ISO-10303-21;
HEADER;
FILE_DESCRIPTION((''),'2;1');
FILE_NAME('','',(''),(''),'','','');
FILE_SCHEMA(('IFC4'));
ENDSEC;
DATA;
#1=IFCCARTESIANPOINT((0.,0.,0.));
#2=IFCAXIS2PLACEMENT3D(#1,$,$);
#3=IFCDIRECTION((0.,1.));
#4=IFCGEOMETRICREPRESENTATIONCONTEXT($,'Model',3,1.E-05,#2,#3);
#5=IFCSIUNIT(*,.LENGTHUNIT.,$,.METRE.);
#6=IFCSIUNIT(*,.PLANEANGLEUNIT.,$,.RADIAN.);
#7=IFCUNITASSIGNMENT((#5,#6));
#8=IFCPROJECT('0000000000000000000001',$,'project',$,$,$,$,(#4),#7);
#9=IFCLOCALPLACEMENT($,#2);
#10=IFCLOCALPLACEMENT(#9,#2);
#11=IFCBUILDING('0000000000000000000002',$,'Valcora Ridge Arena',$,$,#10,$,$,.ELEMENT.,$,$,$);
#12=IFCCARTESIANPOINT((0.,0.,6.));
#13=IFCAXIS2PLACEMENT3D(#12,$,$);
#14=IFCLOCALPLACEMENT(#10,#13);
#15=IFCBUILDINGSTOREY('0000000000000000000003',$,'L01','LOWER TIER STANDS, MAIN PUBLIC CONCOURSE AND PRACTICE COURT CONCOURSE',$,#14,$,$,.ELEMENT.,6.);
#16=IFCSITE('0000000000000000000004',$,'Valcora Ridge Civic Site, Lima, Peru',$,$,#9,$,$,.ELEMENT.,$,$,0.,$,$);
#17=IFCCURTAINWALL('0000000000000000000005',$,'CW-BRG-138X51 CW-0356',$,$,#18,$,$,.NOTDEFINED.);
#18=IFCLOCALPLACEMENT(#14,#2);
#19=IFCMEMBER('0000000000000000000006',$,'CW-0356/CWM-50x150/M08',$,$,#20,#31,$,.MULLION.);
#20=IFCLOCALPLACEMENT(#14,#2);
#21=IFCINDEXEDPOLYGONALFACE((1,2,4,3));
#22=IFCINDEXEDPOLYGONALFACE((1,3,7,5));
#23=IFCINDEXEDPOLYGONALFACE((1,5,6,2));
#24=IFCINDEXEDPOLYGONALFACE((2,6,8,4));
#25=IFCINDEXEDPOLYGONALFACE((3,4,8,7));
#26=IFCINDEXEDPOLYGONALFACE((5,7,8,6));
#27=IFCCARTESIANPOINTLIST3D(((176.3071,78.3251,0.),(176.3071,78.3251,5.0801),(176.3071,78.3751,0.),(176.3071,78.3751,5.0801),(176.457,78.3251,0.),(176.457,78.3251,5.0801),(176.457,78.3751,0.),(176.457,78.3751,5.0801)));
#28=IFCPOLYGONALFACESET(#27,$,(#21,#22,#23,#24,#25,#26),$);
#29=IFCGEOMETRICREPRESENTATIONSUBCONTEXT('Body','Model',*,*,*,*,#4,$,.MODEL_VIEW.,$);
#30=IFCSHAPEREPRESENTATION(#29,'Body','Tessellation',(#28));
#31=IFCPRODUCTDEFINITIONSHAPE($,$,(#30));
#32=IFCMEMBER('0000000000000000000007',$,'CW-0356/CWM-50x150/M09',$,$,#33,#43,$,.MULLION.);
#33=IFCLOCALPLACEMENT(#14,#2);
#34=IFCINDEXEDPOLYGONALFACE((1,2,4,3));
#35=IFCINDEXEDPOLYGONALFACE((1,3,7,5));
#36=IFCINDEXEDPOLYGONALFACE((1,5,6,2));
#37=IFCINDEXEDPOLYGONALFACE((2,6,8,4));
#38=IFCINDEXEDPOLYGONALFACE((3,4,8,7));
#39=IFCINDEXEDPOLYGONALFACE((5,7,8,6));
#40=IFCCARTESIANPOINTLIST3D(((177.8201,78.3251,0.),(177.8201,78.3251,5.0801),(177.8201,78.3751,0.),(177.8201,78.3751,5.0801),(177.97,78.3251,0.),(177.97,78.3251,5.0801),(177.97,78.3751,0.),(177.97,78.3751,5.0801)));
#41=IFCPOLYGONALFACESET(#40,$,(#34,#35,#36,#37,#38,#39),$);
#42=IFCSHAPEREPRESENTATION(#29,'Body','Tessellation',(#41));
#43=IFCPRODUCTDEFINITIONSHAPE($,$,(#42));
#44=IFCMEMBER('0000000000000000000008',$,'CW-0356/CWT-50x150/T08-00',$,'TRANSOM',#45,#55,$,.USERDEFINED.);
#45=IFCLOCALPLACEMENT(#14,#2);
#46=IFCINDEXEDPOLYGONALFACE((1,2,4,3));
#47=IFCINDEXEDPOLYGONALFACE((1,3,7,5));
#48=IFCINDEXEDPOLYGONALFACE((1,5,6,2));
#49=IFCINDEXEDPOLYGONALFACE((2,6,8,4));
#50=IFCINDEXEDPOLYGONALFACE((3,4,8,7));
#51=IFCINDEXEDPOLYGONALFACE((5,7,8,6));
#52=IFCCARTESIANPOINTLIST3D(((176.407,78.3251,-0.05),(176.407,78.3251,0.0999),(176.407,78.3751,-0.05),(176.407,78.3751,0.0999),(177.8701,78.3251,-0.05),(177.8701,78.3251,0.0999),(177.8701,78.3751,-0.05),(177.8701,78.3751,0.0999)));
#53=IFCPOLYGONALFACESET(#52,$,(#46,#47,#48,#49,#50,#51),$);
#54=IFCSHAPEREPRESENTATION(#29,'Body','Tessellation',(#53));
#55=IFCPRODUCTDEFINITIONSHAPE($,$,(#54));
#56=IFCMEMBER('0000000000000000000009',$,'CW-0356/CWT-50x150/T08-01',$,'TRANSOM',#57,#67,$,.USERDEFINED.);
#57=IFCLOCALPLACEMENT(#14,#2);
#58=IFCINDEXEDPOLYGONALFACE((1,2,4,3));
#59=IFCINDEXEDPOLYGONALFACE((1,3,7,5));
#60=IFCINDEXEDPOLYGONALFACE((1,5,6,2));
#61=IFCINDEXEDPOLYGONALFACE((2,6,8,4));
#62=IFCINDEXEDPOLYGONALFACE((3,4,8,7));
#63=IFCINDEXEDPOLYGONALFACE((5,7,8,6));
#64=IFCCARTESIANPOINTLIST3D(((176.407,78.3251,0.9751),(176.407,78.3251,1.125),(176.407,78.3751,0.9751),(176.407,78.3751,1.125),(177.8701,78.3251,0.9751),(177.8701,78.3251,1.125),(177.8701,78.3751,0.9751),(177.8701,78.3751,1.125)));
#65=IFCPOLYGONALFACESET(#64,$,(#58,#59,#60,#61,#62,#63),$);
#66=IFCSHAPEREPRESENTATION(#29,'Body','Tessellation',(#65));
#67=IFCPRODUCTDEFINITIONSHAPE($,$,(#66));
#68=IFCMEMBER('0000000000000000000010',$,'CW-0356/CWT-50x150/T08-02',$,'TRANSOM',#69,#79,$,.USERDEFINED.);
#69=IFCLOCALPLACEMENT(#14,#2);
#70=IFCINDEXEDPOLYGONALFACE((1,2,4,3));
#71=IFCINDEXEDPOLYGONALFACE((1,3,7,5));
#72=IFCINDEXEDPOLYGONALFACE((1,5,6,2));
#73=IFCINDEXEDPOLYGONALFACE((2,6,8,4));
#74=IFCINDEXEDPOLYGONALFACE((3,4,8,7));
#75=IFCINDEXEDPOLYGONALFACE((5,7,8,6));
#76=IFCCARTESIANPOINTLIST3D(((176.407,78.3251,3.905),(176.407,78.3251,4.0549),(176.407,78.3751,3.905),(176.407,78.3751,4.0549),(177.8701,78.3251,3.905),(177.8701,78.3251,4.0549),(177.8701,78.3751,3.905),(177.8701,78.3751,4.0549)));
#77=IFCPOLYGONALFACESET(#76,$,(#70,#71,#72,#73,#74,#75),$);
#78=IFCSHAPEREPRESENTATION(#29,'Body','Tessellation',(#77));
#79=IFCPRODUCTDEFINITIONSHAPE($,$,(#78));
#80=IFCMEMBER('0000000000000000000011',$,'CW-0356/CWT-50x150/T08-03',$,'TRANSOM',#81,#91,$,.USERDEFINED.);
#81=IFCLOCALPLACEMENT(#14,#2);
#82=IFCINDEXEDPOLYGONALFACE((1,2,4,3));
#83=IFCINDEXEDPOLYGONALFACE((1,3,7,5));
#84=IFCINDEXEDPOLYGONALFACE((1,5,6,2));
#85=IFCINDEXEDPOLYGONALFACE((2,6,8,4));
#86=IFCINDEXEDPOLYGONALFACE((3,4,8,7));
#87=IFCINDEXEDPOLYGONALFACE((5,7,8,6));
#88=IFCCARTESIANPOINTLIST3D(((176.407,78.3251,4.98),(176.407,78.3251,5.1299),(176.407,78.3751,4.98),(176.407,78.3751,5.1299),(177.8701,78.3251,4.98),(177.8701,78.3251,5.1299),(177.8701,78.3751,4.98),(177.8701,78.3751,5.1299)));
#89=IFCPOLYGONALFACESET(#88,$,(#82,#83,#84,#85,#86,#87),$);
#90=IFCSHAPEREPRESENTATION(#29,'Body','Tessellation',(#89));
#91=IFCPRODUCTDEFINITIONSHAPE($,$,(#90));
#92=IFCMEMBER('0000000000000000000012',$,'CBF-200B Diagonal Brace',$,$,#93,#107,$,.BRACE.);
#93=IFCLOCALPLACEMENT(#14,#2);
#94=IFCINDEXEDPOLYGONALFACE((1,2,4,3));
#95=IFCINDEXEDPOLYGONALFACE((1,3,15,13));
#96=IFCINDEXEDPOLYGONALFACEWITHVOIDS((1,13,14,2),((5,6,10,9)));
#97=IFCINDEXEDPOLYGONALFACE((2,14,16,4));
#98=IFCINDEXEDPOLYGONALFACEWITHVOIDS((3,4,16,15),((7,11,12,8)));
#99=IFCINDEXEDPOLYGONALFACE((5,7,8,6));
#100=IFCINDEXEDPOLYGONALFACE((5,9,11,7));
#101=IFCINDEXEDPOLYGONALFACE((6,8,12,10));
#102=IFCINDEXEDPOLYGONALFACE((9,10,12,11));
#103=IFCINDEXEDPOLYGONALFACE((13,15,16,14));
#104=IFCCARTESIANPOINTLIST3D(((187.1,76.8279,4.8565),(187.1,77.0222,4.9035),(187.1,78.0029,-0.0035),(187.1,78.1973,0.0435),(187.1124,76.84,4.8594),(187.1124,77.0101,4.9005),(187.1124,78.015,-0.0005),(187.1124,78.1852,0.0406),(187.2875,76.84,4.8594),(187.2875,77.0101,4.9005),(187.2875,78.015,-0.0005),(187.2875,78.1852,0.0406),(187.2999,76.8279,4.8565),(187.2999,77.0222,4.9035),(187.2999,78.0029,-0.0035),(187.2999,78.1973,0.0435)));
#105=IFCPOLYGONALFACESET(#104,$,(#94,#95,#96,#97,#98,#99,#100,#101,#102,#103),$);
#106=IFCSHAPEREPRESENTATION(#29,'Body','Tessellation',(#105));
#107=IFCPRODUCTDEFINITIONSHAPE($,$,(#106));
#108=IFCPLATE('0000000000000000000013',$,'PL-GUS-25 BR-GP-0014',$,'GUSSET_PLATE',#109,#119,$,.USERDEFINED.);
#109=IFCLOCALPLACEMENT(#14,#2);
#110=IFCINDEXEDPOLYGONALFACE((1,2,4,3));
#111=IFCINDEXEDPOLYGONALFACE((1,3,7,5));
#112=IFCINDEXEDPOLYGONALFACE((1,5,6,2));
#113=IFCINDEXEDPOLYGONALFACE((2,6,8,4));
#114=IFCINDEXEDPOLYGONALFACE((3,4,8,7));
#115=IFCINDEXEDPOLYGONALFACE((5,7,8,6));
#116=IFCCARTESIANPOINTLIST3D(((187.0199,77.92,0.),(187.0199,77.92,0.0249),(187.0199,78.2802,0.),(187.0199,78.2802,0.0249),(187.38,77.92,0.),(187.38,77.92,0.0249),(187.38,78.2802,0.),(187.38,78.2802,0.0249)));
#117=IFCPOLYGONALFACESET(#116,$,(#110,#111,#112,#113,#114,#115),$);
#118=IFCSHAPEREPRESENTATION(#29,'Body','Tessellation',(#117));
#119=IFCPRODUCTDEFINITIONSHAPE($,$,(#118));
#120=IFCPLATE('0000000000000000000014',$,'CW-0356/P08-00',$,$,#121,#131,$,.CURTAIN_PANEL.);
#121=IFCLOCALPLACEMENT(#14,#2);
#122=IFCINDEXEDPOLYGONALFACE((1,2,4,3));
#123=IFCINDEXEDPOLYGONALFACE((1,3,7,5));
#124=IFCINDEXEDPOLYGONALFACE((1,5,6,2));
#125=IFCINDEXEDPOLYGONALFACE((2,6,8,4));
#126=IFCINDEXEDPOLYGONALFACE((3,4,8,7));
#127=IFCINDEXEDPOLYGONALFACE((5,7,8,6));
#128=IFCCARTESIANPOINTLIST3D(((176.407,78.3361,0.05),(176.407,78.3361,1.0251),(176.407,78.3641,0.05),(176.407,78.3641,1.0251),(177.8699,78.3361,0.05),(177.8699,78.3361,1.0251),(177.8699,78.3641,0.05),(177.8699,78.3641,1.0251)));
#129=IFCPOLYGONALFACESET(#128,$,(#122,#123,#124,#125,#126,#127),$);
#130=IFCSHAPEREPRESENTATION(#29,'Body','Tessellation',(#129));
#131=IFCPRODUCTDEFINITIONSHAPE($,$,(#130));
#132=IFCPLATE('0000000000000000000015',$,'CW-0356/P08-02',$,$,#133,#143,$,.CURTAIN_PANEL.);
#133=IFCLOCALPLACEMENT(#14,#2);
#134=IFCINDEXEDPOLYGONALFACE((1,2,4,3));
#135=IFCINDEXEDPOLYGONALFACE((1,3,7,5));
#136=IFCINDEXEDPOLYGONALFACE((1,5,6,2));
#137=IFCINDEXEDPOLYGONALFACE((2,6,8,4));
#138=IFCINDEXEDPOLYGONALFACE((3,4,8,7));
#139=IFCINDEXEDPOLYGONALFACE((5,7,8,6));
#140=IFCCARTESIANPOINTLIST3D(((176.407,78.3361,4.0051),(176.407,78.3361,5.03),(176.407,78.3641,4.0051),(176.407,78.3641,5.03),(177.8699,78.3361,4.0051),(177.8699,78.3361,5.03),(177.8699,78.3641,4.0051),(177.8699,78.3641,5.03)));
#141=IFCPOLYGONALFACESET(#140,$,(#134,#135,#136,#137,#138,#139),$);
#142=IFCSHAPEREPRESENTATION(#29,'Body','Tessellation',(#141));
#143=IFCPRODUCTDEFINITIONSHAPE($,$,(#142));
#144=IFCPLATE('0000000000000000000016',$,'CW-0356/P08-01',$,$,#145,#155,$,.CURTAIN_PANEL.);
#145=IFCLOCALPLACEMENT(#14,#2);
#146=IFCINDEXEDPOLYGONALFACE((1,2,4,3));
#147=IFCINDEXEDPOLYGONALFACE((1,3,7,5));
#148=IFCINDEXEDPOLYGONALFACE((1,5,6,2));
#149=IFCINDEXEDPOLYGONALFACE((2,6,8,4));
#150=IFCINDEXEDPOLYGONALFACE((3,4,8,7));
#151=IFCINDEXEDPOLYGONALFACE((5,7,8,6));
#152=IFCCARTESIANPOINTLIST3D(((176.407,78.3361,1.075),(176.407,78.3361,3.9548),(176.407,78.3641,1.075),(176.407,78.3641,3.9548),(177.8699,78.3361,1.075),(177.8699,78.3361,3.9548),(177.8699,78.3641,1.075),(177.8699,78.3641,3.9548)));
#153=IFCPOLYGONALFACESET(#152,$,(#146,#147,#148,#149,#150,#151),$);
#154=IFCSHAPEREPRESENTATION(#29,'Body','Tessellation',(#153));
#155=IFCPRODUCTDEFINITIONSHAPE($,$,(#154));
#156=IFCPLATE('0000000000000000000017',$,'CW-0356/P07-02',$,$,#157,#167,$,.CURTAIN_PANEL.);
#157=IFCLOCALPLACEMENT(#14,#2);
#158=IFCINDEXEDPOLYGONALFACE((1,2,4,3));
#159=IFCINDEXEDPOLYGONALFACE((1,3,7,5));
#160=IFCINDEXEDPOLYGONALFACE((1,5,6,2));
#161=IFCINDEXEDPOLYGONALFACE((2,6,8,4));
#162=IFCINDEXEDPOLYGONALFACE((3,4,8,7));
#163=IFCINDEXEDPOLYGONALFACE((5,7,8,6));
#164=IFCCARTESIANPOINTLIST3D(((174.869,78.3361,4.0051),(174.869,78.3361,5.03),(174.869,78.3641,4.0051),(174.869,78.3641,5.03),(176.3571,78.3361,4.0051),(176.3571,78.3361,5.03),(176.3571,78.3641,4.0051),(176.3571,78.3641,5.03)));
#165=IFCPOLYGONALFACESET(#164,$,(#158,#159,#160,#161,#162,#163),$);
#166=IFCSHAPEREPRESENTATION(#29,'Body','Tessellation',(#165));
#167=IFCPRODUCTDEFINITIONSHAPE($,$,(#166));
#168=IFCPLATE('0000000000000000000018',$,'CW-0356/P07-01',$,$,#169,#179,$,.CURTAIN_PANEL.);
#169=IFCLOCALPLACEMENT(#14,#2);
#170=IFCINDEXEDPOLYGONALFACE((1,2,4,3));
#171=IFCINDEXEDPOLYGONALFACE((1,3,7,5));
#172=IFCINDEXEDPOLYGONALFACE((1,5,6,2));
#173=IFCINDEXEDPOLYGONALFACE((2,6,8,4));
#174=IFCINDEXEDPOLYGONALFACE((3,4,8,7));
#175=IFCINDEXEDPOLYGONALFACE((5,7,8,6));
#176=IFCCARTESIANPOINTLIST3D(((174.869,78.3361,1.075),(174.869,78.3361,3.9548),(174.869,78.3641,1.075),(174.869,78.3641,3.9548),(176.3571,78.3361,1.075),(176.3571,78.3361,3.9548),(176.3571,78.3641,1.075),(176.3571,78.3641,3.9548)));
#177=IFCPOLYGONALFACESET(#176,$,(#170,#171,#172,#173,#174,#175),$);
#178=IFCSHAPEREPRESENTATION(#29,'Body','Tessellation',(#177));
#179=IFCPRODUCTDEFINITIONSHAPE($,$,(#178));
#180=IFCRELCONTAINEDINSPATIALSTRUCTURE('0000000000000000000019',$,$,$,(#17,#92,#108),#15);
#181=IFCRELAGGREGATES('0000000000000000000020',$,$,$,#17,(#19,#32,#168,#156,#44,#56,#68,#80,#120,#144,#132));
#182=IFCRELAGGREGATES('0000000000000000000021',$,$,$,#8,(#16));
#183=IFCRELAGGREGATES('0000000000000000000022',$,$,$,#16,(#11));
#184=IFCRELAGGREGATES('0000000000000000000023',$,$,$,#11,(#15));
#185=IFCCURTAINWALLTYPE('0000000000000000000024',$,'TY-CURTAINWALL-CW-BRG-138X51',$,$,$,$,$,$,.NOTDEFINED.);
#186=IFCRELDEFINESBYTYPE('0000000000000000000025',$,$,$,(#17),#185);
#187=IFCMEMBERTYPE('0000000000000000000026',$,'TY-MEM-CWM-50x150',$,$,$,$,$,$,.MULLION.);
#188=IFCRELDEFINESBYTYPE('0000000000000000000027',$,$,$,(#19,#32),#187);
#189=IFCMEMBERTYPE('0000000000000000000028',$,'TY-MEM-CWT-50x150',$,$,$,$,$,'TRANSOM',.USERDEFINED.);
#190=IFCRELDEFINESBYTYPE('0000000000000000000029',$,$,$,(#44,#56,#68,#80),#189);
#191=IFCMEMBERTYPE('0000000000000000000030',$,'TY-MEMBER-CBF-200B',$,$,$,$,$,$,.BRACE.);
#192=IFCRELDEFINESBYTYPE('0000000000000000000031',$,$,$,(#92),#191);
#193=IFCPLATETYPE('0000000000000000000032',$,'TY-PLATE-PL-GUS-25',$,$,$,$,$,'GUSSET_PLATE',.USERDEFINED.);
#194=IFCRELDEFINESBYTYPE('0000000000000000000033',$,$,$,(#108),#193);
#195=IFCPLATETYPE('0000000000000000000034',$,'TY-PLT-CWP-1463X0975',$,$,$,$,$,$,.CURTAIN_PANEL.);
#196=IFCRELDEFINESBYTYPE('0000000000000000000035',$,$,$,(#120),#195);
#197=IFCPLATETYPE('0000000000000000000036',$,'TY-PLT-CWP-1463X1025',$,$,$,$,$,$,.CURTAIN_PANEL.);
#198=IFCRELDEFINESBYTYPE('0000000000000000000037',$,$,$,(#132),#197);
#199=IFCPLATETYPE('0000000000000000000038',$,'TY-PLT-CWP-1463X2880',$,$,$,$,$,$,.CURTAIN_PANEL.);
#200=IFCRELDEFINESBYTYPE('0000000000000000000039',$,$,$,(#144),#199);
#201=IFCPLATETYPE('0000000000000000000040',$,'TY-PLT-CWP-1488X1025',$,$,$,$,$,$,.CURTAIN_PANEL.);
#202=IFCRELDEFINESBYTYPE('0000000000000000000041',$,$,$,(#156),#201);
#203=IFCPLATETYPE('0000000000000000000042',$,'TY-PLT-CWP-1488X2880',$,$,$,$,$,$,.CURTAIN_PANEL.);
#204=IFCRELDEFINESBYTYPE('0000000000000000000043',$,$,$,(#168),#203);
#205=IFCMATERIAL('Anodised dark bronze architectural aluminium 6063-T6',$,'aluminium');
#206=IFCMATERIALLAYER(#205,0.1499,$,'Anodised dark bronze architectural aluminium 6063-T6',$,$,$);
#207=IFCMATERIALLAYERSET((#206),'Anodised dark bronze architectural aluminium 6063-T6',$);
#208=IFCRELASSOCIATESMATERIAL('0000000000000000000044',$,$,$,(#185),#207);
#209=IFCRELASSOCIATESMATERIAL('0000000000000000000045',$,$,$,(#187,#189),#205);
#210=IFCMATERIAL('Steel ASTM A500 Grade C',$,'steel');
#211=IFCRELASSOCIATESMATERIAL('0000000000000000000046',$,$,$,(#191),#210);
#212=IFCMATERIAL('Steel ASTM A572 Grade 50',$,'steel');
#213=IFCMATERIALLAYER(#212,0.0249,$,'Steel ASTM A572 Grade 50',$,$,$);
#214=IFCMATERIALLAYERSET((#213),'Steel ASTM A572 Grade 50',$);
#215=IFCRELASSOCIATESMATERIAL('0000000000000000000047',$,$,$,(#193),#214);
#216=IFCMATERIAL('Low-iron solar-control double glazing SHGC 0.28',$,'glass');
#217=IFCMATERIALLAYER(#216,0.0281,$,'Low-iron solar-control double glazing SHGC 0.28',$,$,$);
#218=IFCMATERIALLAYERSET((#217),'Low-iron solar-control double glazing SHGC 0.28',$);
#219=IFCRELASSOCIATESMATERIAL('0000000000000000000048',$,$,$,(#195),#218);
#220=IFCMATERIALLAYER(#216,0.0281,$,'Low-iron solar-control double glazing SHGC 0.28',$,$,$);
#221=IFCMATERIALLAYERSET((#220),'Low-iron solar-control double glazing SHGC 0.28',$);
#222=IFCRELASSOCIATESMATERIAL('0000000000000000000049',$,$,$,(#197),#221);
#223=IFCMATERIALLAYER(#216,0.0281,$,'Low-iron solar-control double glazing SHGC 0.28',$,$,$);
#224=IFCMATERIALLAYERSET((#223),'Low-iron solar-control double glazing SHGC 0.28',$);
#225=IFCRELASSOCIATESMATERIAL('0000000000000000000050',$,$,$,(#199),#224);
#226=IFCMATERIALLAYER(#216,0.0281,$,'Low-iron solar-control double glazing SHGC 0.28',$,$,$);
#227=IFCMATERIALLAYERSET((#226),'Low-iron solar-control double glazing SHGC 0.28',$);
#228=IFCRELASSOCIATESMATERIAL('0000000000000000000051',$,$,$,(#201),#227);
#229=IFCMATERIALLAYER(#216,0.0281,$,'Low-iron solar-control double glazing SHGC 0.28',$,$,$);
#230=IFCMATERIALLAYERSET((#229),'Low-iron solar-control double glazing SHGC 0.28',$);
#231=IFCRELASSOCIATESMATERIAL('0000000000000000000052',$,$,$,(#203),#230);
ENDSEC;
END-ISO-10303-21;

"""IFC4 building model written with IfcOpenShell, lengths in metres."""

from ifc_helpers import new_model, si_unit, direction, frame, origin, origin_2d, place, context, subcontext, project, spatial, rectangle, hollow_rectangle, extrude, material, layer, layer_set, material_profile, profile_set, type_object, element, aggregate, save


model = new_model("IFC4")

# Units and contexts
model_context = context("Model", 3, precision=1e-05, world=origin(), true_north=direction((0.0, 1.0)))
body_context = subcontext(model_context, "Body", "Model", "MODEL_VIEW")
ifc_project = project(units=[si_unit("LENGTHUNIT", "METRE"), si_unit("PLANEANGLEUNIT", "RADIAN")], contexts=[model_context])

# Site, building, storey
site_placement = place(None, origin())
site = spatial("IfcSite", under=ifc_project, at=site_placement, Name="Valcora Ridge Civic Site, Lima, Peru", CompositionType="ELEMENT", RefElevation=0.0)
building_placement = place(site_placement, origin())
building = spatial("IfcBuilding", under=site, at=building_placement, Name="Valcora Ridge Arena", CompositionType="ELEMENT")
storey_placement = place(building_placement, frame((0.0, 0.0, 6.0)))
storey = spatial("IfcBuildingStorey", under=building, at=storey_placement, Name="L01", Description="LOWER TIER STANDS, MAIN PUBLIC CONCOURSE AND PRACTICE COURT CONCOURSE", CompositionType="ELEMENT", Elevation=6.0)

# Shared definitions
ifc_material_1 = material(Name="Steel ASTM A500 Grade C", Category="steel")
ifc_material_2 = material(Name="Steel ASTM A572 Grade 50", Category="steel")

# Curtain wall, members
ifc_material_3 = material(Name="Anodised dark bronze architectural aluminium 6063-T6", Category="aluminium")
ifc_layer_1 = layer(ifc_material_3, 0.1499, Name="Anodised dark bronze architectural aluminium 6063-T6")
ifc_layer_set_1 = layer_set([ifc_layer_1], Name="Anodised dark bronze architectural aluminium 6063-T6")
curtain_wall_type = type_object("IfcCurtainWallType", Name="TY-CURTAINWALL-CW-BRG-138X51", PredefinedType="NOTDEFINED", material=ifc_layer_set_1)
curtain_wall_placement = place(storey_placement, origin())
curtain_wall = element("IfcCurtainWall", 1, at=curtain_wall_placement, inside=storey, type_object=curtain_wall_type, Name="CW-BRG-138X51 CW-0356", PredefinedType="NOTDEFINED")
ifc_material_profile_1 = material_profile(ifc_material_3, rectangle(XDim=0.05, YDim=0.1499, at=origin_2d()), Name="ALU MULLION 50x150")
ifc_profile_set_1 = profile_set([ifc_material_profile_1], Name="Anodised dark bronze architectural aluminium 6063-T6")
member_type_1 = type_object("IfcMemberType", Name="TY-MEM-CWM-50x150", PredefinedType="MULLION", material=ifc_profile_set_1)
member_1_placement = place(storey_placement, frame((176.3821, 78.3501, 0.0), z_axis=(0.0, 0.0, 1.0), x_axis=(0.0, 1.0, 0.0)))
member_1 = element("IfcMember", 2, at=member_1_placement, type_object=member_type_1, Name="CW-0356/CWM-50x150/M08", PredefinedType="MULLION", context=body_context, shape_type="SweptSolid", body=[
    extrude(rectangle(XDim=0.05, YDim=0.1499, at=origin_2d()), origin(), (0.0, 0.0, 1.0), 5.0801),
])
member_2_placement = place(storey_placement, frame((177.895, 78.3501, 0.0), z_axis=(0.0, 0.0, 1.0), x_axis=(0.0, 1.0, 0.0)))
member_2 = element("IfcMember", 3, at=member_2_placement, type_object=member_type_1, Name="CW-0356/CWM-50x150/M09", PredefinedType="MULLION", context=body_context, shape_type="SweptSolid", body=[
    extrude(rectangle(XDim=0.05, YDim=0.1499, at=origin_2d()), origin(), (0.0, 0.0, 1.0), 5.0801),
])
ifc_material_profile_2 = material_profile(ifc_material_3, rectangle(XDim=0.05, YDim=0.1499, at=origin_2d()), Name="ALU TRANSOM 50x150")
ifc_profile_set_2 = profile_set([ifc_material_profile_2], Name="Anodised dark bronze architectural aluminium 6063-T6")
member_type_2 = type_object("IfcMemberType", Name="TY-MEM-CWT-50x150", ElementType="TRANSOM", PredefinedType="USERDEFINED", material=ifc_profile_set_2)
member_3_placement = place(storey_placement, frame((176.407, 78.3501, 0.0249), z_axis=(1.0, 0.0, 0.0), x_axis=(0.0, 1.0, 0.0)))
member_3 = element("IfcMember", 4, at=member_3_placement, type_object=member_type_2, Name="CW-0356/CWT-50x150/T08-00", ObjectType="TRANSOM", PredefinedType="USERDEFINED", context=body_context, shape_type="SweptSolid", body=[
    extrude(rectangle(XDim=0.05, YDim=0.1499, at=origin_2d()), origin(), (0.0, 0.0, 1.0), 1.4631),
])
member_4_placement = place(storey_placement, frame((176.407, 78.3501, 1.05), z_axis=(1.0, 0.0, 0.0), x_axis=(0.0, 1.0, 0.0)))
member_4 = element("IfcMember", 5, at=member_4_placement, type_object=member_type_2, Name="CW-0356/CWT-50x150/T08-01", ObjectType="TRANSOM", PredefinedType="USERDEFINED", context=body_context, shape_type="SweptSolid", body=[
    extrude(rectangle(XDim=0.05, YDim=0.1499, at=origin_2d()), origin(), (0.0, 0.0, 1.0), 1.4631),
])
member_5_placement = place(storey_placement, frame((176.407, 78.3501, 3.98), z_axis=(1.0, 0.0, 0.0), x_axis=(0.0, 1.0, 0.0)))
member_5 = element("IfcMember", 6, at=member_5_placement, type_object=member_type_2, Name="CW-0356/CWT-50x150/T08-02", ObjectType="TRANSOM", PredefinedType="USERDEFINED", context=body_context, shape_type="SweptSolid", body=[
    extrude(rectangle(XDim=0.05, YDim=0.1499, at=origin_2d()), origin(), (0.0, 0.0, 1.0), 1.4631),
])
member_6_placement = place(storey_placement, frame((176.407, 78.3501, 5.0549), z_axis=(1.0, 0.0, 0.0), x_axis=(0.0, 1.0, 0.0)))
member_6 = element("IfcMember", 7, at=member_6_placement, type_object=member_type_2, Name="CW-0356/CWT-50x150/T08-03", ObjectType="TRANSOM", PredefinedType="USERDEFINED", context=body_context, shape_type="SweptSolid", body=[
    extrude(rectangle(XDim=0.05, YDim=0.1499, at=origin_2d()), origin(), (0.0, 0.0, 1.0), 1.4631),
])

# Member
ifc_material_profile_3 = material_profile(ifc_material_1, hollow_rectangle(XDim=0.2, YDim=0.2, WallThickness=0.0125, at=origin_2d()), Name="HSS200X200X12")
ifc_profile_set_3 = profile_set([ifc_material_profile_3], Name="Steel ASTM A500 Grade C")
member_type_3 = type_object("IfcMemberType", Name="TY-MEMBER-CBF-200B", PredefinedType="BRACE", material=ifc_profile_set_3)
member_7_placement = place(storey_placement, frame((187.2, 78.1001, 0.02), z_axis=(0.0, -0.235014, 0.971992), x_axis=(1.0, 0.0, 0.0)))
element("IfcMember", 8, at=member_7_placement, inside=storey, type_object=member_type_3, Name="CBF-200B Diagonal Brace", PredefinedType="BRACE", context=body_context, shape_type="SweptSolid", body=[
    extrude(hollow_rectangle(XDim=0.2, YDim=0.2, WallThickness=0.0125, at=origin_2d()), origin(), (0.0, 0.0, 1.0), 5.0),
])

# Plates
ifc_layer_2 = layer(ifc_material_2, 0.0249, Name="Steel ASTM A572 Grade 50")
ifc_layer_set_2 = layer_set([ifc_layer_2], Name="Steel ASTM A572 Grade 50")
plate_type_1 = type_object("IfcPlateType", Name="TY-PLATE-PL-GUS-25", ElementType="GUSSET_PLATE", PredefinedType="USERDEFINED", material=ifc_layer_set_2)
plate_1_placement = place(storey_placement, frame((187.2, 78.1001, 0.0), z_axis=(0.0, 0.0, 1.0), x_axis=(1.0, 0.0, 0.0)))
element("IfcPlate", 9, at=plate_1_placement, inside=storey, type_object=plate_type_1, Name="PL-GUS-25 BR-GP-0014", ObjectType="GUSSET_PLATE", PredefinedType="USERDEFINED", context=body_context, shape_type="SweptSolid", body=[
    extrude(rectangle(XDim=0.3601, YDim=0.3601, at=origin_2d()), origin(), (0.0, 0.0, 1.0), 0.0249),
])
ifc_material_4 = material(Name="Low-iron solar-control double glazing SHGC 0.28", Category="glass")
ifc_layer_3 = layer(ifc_material_4, 0.0281, Name="Low-iron solar-control double glazing SHGC 0.28")
ifc_layer_set_3 = layer_set([ifc_layer_3], Name="Low-iron solar-control double glazing SHGC 0.28")
plate_type_2 = type_object("IfcPlateType", Name="TY-PLT-CWP-1463X0975", PredefinedType="CURTAIN_PANEL", material=ifc_layer_set_3)
plate_2_placement = place(storey_placement, frame((177.1384, 78.3501, 0.05), z_axis=(0.0, 0.0, 1.0), x_axis=(1.0, 0.0, 0.0)))
plate_2 = element("IfcPlate", 10, at=plate_2_placement, type_object=plate_type_2, Name="CW-0356/P08-00", PredefinedType="CURTAIN_PANEL", context=body_context, shape_type="SweptSolid", body=[
    extrude(rectangle(XDim=1.4629, YDim=0.0281, at=origin_2d()), origin(), (0.0, 0.0, 1.0), 0.9751),
])
ifc_layer_4 = layer(ifc_material_4, 0.0281, Name="Low-iron solar-control double glazing SHGC 0.28")
ifc_layer_set_4 = layer_set([ifc_layer_4], Name="Low-iron solar-control double glazing SHGC 0.28")
plate_type_3 = type_object("IfcPlateType", Name="TY-PLT-CWP-1463X1025", PredefinedType="CURTAIN_PANEL", material=ifc_layer_set_4)
plate_3_placement = place(storey_placement, frame((177.1384, 78.3501, 4.0051), z_axis=(0.0, 0.0, 1.0), x_axis=(1.0, 0.0, 0.0)))
plate_3 = element("IfcPlate", 11, at=plate_3_placement, type_object=plate_type_3, Name="CW-0356/P08-02", PredefinedType="CURTAIN_PANEL", context=body_context, shape_type="SweptSolid", body=[
    extrude(rectangle(XDim=1.4629, YDim=0.0281, at=origin_2d()), origin(), (0.0, 0.0, 1.0), 1.0249),
])
ifc_layer_5 = layer(ifc_material_4, 0.0281, Name="Low-iron solar-control double glazing SHGC 0.28")
ifc_layer_set_5 = layer_set([ifc_layer_5], Name="Low-iron solar-control double glazing SHGC 0.28")
plate_type_4 = type_object("IfcPlateType", Name="TY-PLT-CWP-1463X2880", PredefinedType="CURTAIN_PANEL", material=ifc_layer_set_5)
plate_4_placement = place(storey_placement, frame((177.1384, 78.3501, 1.075), z_axis=(0.0, 0.0, 1.0), x_axis=(1.0, 0.0, 0.0)))
plate_4 = element("IfcPlate", 12, at=plate_4_placement, type_object=plate_type_4, Name="CW-0356/P08-01", PredefinedType="CURTAIN_PANEL", context=body_context, shape_type="SweptSolid", body=[
    extrude(rectangle(XDim=1.4629, YDim=0.0281, at=origin_2d()), origin(), (0.0, 0.0, 1.0), 2.8799),
])
ifc_layer_6 = layer(ifc_material_4, 0.0281, Name="Low-iron solar-control double glazing SHGC 0.28")
ifc_layer_set_6 = layer_set([ifc_layer_6], Name="Low-iron solar-control double glazing SHGC 0.28")
plate_type_5 = type_object("IfcPlateType", Name="TY-PLT-CWP-1488X1025", PredefinedType="CURTAIN_PANEL", material=ifc_layer_set_6)
plate_5_placement = place(storey_placement, frame((175.613, 78.3501, 4.0051), z_axis=(0.0, 0.0, 1.0), x_axis=(1.0, 0.0, 0.0)))
plate_5 = element("IfcPlate", 13, at=plate_5_placement, type_object=plate_type_5, Name="CW-0356/P07-02", PredefinedType="CURTAIN_PANEL", context=body_context, shape_type="SweptSolid", body=[
    extrude(rectangle(XDim=1.488, YDim=0.0281, at=origin_2d()), origin(), (0.0, 0.0, 1.0), 1.0249),
])
ifc_layer_7 = layer(ifc_material_4, 0.0281, Name="Low-iron solar-control double glazing SHGC 0.28")
ifc_layer_set_7 = layer_set([ifc_layer_7], Name="Low-iron solar-control double glazing SHGC 0.28")
plate_type_6 = type_object("IfcPlateType", Name="TY-PLT-CWP-1488X2880", PredefinedType="CURTAIN_PANEL", material=ifc_layer_set_7)
plate_6_placement = place(storey_placement, frame((175.613, 78.3501, 1.075), z_axis=(0.0, 0.0, 1.0), x_axis=(1.0, 0.0, 0.0)))
plate_6 = element("IfcPlate", 14, at=plate_6_placement, type_object=plate_type_6, Name="CW-0356/P07-01", PredefinedType="CURTAIN_PANEL", context=body_context, shape_type="SweptSolid", body=[
    extrude(rectangle(XDim=1.488, YDim=0.0281, at=origin_2d()), origin(), (0.0, 0.0, 1.0), 2.8799),
])
aggregate(curtain_wall, [member_1, member_2, plate_6, plate_5, member_3, member_4, member_5, member_6, plate_2, plate_4, plate_3])

save(model, "model.ifc")
